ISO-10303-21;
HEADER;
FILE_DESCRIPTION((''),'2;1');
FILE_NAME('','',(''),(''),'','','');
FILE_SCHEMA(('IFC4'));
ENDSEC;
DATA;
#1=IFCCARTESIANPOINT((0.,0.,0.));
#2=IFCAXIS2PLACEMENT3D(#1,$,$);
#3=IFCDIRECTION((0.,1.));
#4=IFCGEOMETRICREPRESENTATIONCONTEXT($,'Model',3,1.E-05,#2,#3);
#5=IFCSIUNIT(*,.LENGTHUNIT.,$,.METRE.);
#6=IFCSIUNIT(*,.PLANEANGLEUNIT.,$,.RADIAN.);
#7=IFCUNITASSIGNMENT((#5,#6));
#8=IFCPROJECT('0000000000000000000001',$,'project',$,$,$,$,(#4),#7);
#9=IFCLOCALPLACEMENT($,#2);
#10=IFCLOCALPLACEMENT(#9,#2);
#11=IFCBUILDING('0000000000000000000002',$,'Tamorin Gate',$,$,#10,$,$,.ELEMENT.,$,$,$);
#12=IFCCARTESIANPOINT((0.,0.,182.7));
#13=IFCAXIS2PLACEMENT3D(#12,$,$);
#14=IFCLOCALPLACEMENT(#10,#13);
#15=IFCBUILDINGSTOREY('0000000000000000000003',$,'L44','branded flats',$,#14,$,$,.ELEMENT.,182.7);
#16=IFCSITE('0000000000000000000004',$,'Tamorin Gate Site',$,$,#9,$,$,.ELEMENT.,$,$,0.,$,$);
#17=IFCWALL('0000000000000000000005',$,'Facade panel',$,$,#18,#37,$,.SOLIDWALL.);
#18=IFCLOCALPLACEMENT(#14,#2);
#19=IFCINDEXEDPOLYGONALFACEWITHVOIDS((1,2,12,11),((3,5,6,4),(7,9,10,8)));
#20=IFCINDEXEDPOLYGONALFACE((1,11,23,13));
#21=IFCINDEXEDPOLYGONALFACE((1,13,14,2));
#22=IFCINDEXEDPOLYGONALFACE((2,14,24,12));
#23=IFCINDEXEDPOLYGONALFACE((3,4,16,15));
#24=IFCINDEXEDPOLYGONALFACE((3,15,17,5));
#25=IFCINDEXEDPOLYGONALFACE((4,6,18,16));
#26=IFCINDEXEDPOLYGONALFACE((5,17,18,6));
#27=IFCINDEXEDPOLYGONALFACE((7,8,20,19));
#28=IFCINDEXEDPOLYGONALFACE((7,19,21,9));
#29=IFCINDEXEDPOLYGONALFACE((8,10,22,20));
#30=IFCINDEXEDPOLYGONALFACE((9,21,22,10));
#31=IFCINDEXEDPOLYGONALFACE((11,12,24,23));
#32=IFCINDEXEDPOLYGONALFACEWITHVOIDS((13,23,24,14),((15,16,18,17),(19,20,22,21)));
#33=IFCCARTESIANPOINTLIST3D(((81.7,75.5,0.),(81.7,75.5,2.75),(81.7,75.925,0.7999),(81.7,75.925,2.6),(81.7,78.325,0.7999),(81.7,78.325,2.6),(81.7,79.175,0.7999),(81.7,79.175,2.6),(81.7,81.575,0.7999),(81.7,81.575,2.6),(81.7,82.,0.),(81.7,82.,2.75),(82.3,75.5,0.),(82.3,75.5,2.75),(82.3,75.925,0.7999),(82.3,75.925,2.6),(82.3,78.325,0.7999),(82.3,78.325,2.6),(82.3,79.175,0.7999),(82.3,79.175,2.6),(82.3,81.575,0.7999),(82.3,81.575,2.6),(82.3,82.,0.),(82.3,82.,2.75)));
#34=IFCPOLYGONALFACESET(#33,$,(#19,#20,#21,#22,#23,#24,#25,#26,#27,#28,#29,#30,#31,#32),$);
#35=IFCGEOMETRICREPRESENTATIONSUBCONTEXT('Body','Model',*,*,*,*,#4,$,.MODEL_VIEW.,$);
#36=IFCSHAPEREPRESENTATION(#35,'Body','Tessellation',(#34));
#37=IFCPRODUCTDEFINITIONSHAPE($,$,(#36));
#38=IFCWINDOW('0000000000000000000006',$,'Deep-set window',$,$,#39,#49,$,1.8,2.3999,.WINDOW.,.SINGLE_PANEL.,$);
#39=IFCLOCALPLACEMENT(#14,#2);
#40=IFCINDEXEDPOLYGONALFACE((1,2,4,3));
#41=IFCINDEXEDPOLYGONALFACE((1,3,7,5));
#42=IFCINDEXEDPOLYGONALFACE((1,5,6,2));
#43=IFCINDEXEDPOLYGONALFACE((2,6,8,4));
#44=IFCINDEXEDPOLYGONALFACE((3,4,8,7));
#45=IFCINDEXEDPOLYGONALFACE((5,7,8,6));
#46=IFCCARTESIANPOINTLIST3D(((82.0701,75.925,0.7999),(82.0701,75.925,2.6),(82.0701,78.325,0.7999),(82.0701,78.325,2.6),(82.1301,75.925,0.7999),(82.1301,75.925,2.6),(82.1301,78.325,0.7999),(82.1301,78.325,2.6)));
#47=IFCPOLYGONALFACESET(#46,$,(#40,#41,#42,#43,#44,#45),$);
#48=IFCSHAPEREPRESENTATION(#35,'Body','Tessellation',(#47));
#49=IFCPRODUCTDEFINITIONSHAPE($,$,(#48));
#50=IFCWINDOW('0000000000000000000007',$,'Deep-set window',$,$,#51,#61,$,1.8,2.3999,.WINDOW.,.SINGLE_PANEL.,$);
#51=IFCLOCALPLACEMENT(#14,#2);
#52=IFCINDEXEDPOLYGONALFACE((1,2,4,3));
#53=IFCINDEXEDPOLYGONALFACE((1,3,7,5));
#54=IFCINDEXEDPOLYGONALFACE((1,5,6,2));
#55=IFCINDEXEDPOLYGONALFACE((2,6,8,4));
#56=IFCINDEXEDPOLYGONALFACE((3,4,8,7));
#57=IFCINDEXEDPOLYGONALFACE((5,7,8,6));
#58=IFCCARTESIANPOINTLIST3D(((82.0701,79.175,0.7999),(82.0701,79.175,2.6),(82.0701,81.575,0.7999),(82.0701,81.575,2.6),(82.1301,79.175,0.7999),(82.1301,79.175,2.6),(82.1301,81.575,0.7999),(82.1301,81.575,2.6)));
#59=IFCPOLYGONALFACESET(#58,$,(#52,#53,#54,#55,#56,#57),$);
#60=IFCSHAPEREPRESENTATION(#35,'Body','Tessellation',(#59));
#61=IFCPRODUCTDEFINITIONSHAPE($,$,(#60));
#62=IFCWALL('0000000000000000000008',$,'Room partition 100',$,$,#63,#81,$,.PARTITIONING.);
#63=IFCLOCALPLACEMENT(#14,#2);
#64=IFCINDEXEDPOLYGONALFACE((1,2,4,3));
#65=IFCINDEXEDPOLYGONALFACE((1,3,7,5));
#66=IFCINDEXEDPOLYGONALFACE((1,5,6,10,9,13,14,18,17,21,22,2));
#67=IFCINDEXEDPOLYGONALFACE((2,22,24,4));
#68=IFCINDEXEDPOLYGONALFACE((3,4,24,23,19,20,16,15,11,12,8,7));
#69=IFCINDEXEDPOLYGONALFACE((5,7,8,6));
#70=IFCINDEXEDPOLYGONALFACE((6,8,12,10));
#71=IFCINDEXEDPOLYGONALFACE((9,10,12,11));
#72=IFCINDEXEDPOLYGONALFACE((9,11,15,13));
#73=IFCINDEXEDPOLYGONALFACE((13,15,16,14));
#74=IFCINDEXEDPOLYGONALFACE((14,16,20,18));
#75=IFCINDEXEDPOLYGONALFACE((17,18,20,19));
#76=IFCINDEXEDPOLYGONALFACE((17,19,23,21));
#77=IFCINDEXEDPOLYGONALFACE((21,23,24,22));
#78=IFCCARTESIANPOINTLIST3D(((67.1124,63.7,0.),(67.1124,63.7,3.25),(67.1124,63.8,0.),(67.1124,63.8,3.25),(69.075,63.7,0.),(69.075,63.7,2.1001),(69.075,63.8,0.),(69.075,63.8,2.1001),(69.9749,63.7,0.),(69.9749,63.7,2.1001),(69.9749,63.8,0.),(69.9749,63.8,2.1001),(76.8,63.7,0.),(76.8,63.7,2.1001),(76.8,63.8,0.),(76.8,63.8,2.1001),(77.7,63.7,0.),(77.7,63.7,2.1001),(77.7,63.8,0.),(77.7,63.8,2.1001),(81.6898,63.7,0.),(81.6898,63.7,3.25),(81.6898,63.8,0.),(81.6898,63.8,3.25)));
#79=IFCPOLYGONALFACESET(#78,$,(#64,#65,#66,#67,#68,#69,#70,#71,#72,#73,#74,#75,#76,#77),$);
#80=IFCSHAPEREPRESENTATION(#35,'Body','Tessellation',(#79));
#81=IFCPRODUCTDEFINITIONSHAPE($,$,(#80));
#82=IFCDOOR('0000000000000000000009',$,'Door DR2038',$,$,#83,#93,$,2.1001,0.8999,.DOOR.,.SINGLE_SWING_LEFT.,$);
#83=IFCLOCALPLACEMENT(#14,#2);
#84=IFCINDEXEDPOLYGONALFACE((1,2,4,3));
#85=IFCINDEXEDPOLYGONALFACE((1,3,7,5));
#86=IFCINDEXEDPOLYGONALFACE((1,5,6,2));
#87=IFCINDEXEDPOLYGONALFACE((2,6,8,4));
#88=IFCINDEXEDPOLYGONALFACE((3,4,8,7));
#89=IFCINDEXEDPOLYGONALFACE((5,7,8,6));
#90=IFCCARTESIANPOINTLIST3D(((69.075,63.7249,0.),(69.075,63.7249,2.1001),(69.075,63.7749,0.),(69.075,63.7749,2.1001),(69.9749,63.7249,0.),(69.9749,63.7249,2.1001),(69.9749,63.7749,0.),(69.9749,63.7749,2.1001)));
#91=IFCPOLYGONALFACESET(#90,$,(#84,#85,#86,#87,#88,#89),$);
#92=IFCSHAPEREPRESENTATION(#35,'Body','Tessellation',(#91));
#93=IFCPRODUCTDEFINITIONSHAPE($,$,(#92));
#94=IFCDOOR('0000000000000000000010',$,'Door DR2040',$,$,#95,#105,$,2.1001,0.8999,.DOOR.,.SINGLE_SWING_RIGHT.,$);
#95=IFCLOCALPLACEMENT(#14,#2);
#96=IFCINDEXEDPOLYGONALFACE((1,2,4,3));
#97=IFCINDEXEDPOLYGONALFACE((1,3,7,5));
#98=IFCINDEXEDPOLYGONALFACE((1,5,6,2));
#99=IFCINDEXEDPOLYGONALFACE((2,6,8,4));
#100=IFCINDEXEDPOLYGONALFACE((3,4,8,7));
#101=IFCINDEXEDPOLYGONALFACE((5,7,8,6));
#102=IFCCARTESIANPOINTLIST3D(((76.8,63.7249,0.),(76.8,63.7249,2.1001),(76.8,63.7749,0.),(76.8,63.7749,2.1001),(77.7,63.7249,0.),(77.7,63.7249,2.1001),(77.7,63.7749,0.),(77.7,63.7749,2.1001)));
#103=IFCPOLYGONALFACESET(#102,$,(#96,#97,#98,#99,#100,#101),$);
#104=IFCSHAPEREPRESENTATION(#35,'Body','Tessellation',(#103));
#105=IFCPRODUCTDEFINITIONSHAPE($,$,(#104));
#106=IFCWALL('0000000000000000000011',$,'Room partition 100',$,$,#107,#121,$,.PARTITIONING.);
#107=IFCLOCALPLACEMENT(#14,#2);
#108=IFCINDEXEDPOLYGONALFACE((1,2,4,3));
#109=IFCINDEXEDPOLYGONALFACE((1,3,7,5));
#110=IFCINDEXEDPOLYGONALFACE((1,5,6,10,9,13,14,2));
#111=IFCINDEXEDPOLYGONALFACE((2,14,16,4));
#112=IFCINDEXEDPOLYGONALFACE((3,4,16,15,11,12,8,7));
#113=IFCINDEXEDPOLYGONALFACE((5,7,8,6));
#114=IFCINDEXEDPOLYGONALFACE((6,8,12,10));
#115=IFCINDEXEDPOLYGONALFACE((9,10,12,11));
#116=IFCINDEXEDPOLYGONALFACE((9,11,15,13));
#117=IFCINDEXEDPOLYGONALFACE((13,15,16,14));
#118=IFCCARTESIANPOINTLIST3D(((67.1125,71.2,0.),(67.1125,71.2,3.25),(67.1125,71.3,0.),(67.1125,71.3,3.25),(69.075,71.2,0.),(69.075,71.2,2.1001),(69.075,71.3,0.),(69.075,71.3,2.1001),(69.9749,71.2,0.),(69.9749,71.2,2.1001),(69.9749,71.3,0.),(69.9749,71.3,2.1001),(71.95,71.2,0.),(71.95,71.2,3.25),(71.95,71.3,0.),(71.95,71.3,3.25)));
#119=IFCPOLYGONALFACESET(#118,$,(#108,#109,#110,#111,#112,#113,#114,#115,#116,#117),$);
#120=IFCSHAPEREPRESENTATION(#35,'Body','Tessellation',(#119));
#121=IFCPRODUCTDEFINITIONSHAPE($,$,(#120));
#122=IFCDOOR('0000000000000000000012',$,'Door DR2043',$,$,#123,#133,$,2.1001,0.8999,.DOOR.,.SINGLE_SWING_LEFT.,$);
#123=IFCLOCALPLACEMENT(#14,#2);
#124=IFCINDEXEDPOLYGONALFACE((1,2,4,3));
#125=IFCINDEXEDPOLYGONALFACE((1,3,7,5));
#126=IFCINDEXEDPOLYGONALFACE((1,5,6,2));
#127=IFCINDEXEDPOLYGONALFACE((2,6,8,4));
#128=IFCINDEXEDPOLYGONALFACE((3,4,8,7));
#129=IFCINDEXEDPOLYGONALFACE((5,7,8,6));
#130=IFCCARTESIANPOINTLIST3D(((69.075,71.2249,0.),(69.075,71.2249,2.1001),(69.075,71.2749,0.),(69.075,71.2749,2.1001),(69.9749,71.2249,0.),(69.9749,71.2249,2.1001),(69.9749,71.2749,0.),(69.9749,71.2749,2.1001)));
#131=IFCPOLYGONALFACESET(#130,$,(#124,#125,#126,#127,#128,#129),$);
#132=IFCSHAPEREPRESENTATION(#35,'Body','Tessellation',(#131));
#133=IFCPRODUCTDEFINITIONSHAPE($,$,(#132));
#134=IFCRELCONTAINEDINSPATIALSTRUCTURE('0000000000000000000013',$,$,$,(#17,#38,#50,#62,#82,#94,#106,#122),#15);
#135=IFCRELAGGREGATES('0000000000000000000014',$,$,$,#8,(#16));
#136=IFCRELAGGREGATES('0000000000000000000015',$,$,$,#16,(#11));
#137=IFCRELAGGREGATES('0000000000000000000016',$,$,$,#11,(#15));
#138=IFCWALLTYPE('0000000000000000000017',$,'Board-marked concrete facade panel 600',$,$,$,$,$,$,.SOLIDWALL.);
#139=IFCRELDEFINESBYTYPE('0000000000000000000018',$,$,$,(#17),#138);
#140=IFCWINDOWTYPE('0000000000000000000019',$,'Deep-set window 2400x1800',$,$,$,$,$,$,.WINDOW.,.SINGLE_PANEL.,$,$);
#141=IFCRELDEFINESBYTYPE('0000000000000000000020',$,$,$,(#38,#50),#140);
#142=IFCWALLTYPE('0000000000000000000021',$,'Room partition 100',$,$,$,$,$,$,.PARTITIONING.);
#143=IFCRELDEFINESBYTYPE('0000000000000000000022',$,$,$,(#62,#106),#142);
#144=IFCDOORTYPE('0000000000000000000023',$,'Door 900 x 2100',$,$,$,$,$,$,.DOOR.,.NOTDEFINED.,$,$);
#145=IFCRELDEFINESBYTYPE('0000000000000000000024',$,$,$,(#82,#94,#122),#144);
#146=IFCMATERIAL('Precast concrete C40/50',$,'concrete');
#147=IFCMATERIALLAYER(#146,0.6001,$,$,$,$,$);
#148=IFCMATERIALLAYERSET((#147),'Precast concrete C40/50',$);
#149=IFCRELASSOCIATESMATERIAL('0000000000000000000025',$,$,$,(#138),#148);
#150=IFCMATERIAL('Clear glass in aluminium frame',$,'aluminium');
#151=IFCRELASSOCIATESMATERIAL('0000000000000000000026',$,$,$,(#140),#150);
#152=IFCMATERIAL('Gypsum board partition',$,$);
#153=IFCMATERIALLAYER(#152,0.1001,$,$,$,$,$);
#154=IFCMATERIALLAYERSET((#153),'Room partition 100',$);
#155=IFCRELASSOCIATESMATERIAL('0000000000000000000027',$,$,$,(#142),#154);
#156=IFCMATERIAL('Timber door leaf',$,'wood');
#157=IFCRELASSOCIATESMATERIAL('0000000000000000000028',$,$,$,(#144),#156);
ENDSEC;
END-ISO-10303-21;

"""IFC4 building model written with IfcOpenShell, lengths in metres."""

from ifc_helpers import new_model, si_unit, direction, frame, frame_2d, origin, place, context, subcontext, project, spatial, rectangle, extrude, material, layer, layer_set, type_object, element, fill, save


model = new_model("IFC4")

# Units and contexts
model_context = context("Model", 3, precision=1e-05, world=origin(), true_north=direction((0.0, 1.0)))
body_context = subcontext(model_context, "Body", "Model", "MODEL_VIEW")
ifc_project = project(units=[si_unit("LENGTHUNIT", "METRE"), si_unit("PLANEANGLEUNIT", "RADIAN")], contexts=[model_context])

# Site, building, storey
site_placement = place(None, origin())
site = spatial("IfcSite", under=ifc_project, at=site_placement, Name="Tamorin Gate Site", CompositionType="ELEMENT", RefElevation=0.0)
building_placement = place(site_placement, origin())
building = spatial("IfcBuilding", under=site, at=building_placement, Name="Tamorin Gate", CompositionType="ELEMENT")
storey_placement = place(building_placement, frame((0.0, 0.0, 182.7)))
storey = spatial("IfcBuildingStorey", under=building, at=storey_placement, Name="L44", Description="branded flats", CompositionType="ELEMENT", Elevation=182.7)

# Wall, openings, windows
ifc_material_1 = material(Name="Precast concrete C40/50", Category="concrete")
ifc_layer_1 = layer(ifc_material_1, 0.6001)
ifc_layer_set_1 = layer_set([ifc_layer_1], Name="Precast concrete C40/50")
wall_type_1 = type_object("IfcWallType", Name="Board-marked concrete facade panel 600", PredefinedType="SOLIDWALL", material=ifc_layer_set_1)
ifc_material_2 = material(Name="Clear glass in aluminium frame", Category="aluminium")
window_type = type_object("IfcWindowType", Name="Deep-set window 2400x1800", PartitioningType="SINGLE_PANEL", PredefinedType="WINDOW", material=ifc_material_2)
wall_1_placement = place(storey_placement, frame((82.0, 75.5, 0.0), z_axis=(0.0, 0.0, 1.0), x_axis=(0.0, 1.0, 0.0)))
wall_1 = element("IfcWall", 1, at=wall_1_placement, inside=storey, type_object=wall_type_1, Name="Facade panel", PredefinedType="SOLIDWALL", context=body_context, shape_type="SweptSolid", body=[
    extrude(rectangle(XDim=6.5, YDim=0.6001, at=frame_2d((3.25, 0.0))), origin(), (0.0, 0.0, 1.0), 2.75),
])
opening_1_placement = place(wall_1_placement, frame((0.425, 0.0, 0.8)))
opening_1 = element("IfcOpeningElement", 2, at=opening_1_placement, cuts=wall_1, PredefinedType="OPENING", context=body_context, shape_type="SweptSolid", body=[
    extrude(rectangle(XDim=2.3999, YDim=1.8, at=frame_2d((1.2, 0.8999))), frame((0.0, 0.3101, 0.0), z_axis=(0.0, -1.0, 0.0), x_axis=(1.0, 0.0, 0.0)), (0.0, 0.0, 1.0), 0.6201),
])
opening_2_placement = place(wall_1_placement, frame((3.675, 0.0, 0.8)))
opening_2 = element("IfcOpeningElement", 3, at=opening_2_placement, cuts=wall_1, PredefinedType="OPENING", context=body_context, shape_type="SweptSolid", body=[
    extrude(rectangle(XDim=2.3999, YDim=1.8, at=frame_2d((1.2, 0.8999))), frame((0.0, 0.3101, 0.0), z_axis=(0.0, -1.0, 0.0), x_axis=(1.0, 0.0, 0.0)), (0.0, 0.0, 1.0), 0.6201),
])
window_1_placement = place(opening_1_placement, origin())
window_1 = element("IfcWindow", 4, at=window_1_placement, inside=storey, type_object=window_type, Name="Deep-set window", OverallHeight=1.8, OverallWidth=2.3999, PartitioningType="SINGLE_PANEL", PredefinedType="WINDOW", context=body_context, shape_type="SweptSolid", body=[
    extrude(rectangle(XDim=2.3999, YDim=1.8, at=frame_2d((1.2, 0.8999))), frame((0.0, -0.0701, 0.0), z_axis=(0.0, -1.0, 0.0), x_axis=(1.0, 0.0, 0.0)), (0.0, 0.0, 1.0), 0.0601),
])
fill(opening_1, window_1)
window_2_placement = place(opening_2_placement, origin())
window_2 = element("IfcWindow", 5, at=window_2_placement, inside=storey, type_object=window_type, Name="Deep-set window", OverallHeight=1.8, OverallWidth=2.3999, PartitioningType="SINGLE_PANEL", PredefinedType="WINDOW", context=body_context, shape_type="SweptSolid", body=[
    extrude(rectangle(XDim=2.3999, YDim=1.8, at=frame_2d((1.2, 0.8999))), frame((0.0, -0.0701, 0.0), z_axis=(0.0, -1.0, 0.0), x_axis=(1.0, 0.0, 0.0)), (0.0, 0.0, 1.0), 0.0601),
])
fill(opening_2, window_2)

# Wall, openings, doors
ifc_material_3 = material(Name="Gypsum board partition")
ifc_layer_2 = layer(ifc_material_3, 0.1001)
ifc_layer_set_2 = layer_set([ifc_layer_2], Name="Room partition 100")
wall_type_2 = type_object("IfcWallType", Name="Room partition 100", PredefinedType="PARTITIONING", material=ifc_layer_set_2)
wall_2_placement = place(storey_placement, frame((67.1125, 63.75, 0.0), z_axis=(0.0, 0.0, 1.0), x_axis=(1.0, 0.0, 0.0)))
wall_2 = element("IfcWall", 6, at=wall_2_placement, inside=storey, type_object=wall_type_2, Name="Room partition 100", PredefinedType="PARTITIONING", context=body_context, shape_type="SweptSolid", body=[
    extrude(rectangle(XDim=14.5774, YDim=0.1001, at=frame_2d((7.2886, 0.0))), origin(), (0.0, 0.0, 1.0), 3.25),
])
opening_3_placement = place(wall_2_placement, frame((1.9624, 0.0, 0.0)))
opening_3 = element("IfcOpeningElement", 7, at=opening_3_placement, cuts=wall_2, PredefinedType="OPENING", context=body_context, shape_type="SweptSolid", body=[
    extrude(rectangle(XDim=0.8999, YDim=2.1001, at=frame_2d((0.45, 1.05))), frame((0.0, 0.0601, 0.0), z_axis=(0.0, -1.0, 0.0), x_axis=(1.0, 0.0, 0.0)), (0.0, 0.0, 1.0), 0.1201),
])
opening_4_placement = place(wall_2_placement, frame((9.6875, 0.0, 0.0)))
opening_4 = element("IfcOpeningElement", 8, at=opening_4_placement, cuts=wall_2, PredefinedType="OPENING", context=body_context, shape_type="SweptSolid", body=[
    extrude(rectangle(XDim=0.8999, YDim=2.1001, at=frame_2d((0.45, 1.05))), frame((0.0, 0.0601, 0.0), z_axis=(0.0, -1.0, 0.0), x_axis=(1.0, 0.0, 0.0)), (0.0, 0.0, 1.0), 0.1201),
])
ifc_material_4 = material(Name="Timber door leaf", Category="wood")
door_type = type_object("IfcDoorType", Name="Door 900 x 2100", OperationType="NOTDEFINED", PredefinedType="DOOR", material=ifc_material_4)
door_1_placement = place(opening_3_placement, origin())
door_1 = element("IfcDoor", 9, at=door_1_placement, inside=storey, type_object=door_type, Name="Door DR2038", OperationType="SINGLE_SWING_LEFT", OverallHeight=2.1001, OverallWidth=0.8999, PredefinedType="DOOR", context=body_context, shape_type="SweptSolid", body=[
    extrude(rectangle(XDim=0.8999, YDim=2.1001, at=frame_2d((0.45, 1.05))), frame((0.0, 0.0249, 0.0), z_axis=(0.0, -1.0, 0.0), x_axis=(1.0, 0.0, 0.0)), (0.0, 0.0, 1.0), 0.05),
])
fill(opening_3, door_1)
door_2_placement = place(opening_4_placement, origin())
door_2 = element("IfcDoor", 10, at=door_2_placement, inside=storey, type_object=door_type, Name="Door DR2040", OperationType="SINGLE_SWING_RIGHT", OverallHeight=2.1001, OverallWidth=0.8999, PredefinedType="DOOR", context=body_context, shape_type="SweptSolid", body=[
    extrude(rectangle(XDim=0.8999, YDim=2.1001, at=frame_2d((0.45, 1.05))), frame((0.0, 0.0249, 0.0), z_axis=(0.0, -1.0, 0.0), x_axis=(1.0, 0.0, 0.0)), (0.0, 0.0, 1.0), 0.05),
])
fill(opening_4, door_2)

# Wall, opening, door
wall_3_placement = place(storey_placement, frame((67.1125, 71.25, 0.0), z_axis=(0.0, 0.0, 1.0), x_axis=(1.0, 0.0, 0.0)))
wall_3 = element("IfcWall", 11, at=wall_3_placement, inside=storey, type_object=wall_type_2, Name="Room partition 100", PredefinedType="PARTITIONING", context=body_context, shape_type="SweptSolid", body=[
    extrude(rectangle(XDim=4.8374, YDim=0.1001, at=frame_2d((2.4187, 0.0))), origin(), (0.0, 0.0, 1.0), 3.25),
])
opening_5_placement = place(wall_3_placement, frame((1.9624, 0.0, 0.0)))
opening_5 = element("IfcOpeningElement", 12, at=opening_5_placement, cuts=wall_3, PredefinedType="OPENING", context=body_context, shape_type="SweptSolid", body=[
    extrude(rectangle(XDim=0.8999, YDim=2.1001, at=frame_2d((0.45, 1.05))), frame((0.0, 0.0601, 0.0), z_axis=(0.0, -1.0, 0.0), x_axis=(1.0, 0.0, 0.0)), (0.0, 0.0, 1.0), 0.1201),
])
door_3_placement = place(opening_5_placement, origin())
door_3 = element("IfcDoor", 13, at=door_3_placement, inside=storey, type_object=door_type, Name="Door DR2043", OperationType="SINGLE_SWING_LEFT", OverallHeight=2.1001, OverallWidth=0.8999, PredefinedType="DOOR", context=body_context, shape_type="SweptSolid", body=[
    extrude(rectangle(XDim=0.8999, YDim=2.1001, at=frame_2d((0.45, 1.05))), frame((0.0, 0.0249, 0.0), z_axis=(0.0, -1.0, 0.0), x_axis=(1.0, 0.0, 0.0)), (0.0, 0.0, 1.0), 0.05),
])
fill(opening_5, door_3)

save(model, "model.ifc")
